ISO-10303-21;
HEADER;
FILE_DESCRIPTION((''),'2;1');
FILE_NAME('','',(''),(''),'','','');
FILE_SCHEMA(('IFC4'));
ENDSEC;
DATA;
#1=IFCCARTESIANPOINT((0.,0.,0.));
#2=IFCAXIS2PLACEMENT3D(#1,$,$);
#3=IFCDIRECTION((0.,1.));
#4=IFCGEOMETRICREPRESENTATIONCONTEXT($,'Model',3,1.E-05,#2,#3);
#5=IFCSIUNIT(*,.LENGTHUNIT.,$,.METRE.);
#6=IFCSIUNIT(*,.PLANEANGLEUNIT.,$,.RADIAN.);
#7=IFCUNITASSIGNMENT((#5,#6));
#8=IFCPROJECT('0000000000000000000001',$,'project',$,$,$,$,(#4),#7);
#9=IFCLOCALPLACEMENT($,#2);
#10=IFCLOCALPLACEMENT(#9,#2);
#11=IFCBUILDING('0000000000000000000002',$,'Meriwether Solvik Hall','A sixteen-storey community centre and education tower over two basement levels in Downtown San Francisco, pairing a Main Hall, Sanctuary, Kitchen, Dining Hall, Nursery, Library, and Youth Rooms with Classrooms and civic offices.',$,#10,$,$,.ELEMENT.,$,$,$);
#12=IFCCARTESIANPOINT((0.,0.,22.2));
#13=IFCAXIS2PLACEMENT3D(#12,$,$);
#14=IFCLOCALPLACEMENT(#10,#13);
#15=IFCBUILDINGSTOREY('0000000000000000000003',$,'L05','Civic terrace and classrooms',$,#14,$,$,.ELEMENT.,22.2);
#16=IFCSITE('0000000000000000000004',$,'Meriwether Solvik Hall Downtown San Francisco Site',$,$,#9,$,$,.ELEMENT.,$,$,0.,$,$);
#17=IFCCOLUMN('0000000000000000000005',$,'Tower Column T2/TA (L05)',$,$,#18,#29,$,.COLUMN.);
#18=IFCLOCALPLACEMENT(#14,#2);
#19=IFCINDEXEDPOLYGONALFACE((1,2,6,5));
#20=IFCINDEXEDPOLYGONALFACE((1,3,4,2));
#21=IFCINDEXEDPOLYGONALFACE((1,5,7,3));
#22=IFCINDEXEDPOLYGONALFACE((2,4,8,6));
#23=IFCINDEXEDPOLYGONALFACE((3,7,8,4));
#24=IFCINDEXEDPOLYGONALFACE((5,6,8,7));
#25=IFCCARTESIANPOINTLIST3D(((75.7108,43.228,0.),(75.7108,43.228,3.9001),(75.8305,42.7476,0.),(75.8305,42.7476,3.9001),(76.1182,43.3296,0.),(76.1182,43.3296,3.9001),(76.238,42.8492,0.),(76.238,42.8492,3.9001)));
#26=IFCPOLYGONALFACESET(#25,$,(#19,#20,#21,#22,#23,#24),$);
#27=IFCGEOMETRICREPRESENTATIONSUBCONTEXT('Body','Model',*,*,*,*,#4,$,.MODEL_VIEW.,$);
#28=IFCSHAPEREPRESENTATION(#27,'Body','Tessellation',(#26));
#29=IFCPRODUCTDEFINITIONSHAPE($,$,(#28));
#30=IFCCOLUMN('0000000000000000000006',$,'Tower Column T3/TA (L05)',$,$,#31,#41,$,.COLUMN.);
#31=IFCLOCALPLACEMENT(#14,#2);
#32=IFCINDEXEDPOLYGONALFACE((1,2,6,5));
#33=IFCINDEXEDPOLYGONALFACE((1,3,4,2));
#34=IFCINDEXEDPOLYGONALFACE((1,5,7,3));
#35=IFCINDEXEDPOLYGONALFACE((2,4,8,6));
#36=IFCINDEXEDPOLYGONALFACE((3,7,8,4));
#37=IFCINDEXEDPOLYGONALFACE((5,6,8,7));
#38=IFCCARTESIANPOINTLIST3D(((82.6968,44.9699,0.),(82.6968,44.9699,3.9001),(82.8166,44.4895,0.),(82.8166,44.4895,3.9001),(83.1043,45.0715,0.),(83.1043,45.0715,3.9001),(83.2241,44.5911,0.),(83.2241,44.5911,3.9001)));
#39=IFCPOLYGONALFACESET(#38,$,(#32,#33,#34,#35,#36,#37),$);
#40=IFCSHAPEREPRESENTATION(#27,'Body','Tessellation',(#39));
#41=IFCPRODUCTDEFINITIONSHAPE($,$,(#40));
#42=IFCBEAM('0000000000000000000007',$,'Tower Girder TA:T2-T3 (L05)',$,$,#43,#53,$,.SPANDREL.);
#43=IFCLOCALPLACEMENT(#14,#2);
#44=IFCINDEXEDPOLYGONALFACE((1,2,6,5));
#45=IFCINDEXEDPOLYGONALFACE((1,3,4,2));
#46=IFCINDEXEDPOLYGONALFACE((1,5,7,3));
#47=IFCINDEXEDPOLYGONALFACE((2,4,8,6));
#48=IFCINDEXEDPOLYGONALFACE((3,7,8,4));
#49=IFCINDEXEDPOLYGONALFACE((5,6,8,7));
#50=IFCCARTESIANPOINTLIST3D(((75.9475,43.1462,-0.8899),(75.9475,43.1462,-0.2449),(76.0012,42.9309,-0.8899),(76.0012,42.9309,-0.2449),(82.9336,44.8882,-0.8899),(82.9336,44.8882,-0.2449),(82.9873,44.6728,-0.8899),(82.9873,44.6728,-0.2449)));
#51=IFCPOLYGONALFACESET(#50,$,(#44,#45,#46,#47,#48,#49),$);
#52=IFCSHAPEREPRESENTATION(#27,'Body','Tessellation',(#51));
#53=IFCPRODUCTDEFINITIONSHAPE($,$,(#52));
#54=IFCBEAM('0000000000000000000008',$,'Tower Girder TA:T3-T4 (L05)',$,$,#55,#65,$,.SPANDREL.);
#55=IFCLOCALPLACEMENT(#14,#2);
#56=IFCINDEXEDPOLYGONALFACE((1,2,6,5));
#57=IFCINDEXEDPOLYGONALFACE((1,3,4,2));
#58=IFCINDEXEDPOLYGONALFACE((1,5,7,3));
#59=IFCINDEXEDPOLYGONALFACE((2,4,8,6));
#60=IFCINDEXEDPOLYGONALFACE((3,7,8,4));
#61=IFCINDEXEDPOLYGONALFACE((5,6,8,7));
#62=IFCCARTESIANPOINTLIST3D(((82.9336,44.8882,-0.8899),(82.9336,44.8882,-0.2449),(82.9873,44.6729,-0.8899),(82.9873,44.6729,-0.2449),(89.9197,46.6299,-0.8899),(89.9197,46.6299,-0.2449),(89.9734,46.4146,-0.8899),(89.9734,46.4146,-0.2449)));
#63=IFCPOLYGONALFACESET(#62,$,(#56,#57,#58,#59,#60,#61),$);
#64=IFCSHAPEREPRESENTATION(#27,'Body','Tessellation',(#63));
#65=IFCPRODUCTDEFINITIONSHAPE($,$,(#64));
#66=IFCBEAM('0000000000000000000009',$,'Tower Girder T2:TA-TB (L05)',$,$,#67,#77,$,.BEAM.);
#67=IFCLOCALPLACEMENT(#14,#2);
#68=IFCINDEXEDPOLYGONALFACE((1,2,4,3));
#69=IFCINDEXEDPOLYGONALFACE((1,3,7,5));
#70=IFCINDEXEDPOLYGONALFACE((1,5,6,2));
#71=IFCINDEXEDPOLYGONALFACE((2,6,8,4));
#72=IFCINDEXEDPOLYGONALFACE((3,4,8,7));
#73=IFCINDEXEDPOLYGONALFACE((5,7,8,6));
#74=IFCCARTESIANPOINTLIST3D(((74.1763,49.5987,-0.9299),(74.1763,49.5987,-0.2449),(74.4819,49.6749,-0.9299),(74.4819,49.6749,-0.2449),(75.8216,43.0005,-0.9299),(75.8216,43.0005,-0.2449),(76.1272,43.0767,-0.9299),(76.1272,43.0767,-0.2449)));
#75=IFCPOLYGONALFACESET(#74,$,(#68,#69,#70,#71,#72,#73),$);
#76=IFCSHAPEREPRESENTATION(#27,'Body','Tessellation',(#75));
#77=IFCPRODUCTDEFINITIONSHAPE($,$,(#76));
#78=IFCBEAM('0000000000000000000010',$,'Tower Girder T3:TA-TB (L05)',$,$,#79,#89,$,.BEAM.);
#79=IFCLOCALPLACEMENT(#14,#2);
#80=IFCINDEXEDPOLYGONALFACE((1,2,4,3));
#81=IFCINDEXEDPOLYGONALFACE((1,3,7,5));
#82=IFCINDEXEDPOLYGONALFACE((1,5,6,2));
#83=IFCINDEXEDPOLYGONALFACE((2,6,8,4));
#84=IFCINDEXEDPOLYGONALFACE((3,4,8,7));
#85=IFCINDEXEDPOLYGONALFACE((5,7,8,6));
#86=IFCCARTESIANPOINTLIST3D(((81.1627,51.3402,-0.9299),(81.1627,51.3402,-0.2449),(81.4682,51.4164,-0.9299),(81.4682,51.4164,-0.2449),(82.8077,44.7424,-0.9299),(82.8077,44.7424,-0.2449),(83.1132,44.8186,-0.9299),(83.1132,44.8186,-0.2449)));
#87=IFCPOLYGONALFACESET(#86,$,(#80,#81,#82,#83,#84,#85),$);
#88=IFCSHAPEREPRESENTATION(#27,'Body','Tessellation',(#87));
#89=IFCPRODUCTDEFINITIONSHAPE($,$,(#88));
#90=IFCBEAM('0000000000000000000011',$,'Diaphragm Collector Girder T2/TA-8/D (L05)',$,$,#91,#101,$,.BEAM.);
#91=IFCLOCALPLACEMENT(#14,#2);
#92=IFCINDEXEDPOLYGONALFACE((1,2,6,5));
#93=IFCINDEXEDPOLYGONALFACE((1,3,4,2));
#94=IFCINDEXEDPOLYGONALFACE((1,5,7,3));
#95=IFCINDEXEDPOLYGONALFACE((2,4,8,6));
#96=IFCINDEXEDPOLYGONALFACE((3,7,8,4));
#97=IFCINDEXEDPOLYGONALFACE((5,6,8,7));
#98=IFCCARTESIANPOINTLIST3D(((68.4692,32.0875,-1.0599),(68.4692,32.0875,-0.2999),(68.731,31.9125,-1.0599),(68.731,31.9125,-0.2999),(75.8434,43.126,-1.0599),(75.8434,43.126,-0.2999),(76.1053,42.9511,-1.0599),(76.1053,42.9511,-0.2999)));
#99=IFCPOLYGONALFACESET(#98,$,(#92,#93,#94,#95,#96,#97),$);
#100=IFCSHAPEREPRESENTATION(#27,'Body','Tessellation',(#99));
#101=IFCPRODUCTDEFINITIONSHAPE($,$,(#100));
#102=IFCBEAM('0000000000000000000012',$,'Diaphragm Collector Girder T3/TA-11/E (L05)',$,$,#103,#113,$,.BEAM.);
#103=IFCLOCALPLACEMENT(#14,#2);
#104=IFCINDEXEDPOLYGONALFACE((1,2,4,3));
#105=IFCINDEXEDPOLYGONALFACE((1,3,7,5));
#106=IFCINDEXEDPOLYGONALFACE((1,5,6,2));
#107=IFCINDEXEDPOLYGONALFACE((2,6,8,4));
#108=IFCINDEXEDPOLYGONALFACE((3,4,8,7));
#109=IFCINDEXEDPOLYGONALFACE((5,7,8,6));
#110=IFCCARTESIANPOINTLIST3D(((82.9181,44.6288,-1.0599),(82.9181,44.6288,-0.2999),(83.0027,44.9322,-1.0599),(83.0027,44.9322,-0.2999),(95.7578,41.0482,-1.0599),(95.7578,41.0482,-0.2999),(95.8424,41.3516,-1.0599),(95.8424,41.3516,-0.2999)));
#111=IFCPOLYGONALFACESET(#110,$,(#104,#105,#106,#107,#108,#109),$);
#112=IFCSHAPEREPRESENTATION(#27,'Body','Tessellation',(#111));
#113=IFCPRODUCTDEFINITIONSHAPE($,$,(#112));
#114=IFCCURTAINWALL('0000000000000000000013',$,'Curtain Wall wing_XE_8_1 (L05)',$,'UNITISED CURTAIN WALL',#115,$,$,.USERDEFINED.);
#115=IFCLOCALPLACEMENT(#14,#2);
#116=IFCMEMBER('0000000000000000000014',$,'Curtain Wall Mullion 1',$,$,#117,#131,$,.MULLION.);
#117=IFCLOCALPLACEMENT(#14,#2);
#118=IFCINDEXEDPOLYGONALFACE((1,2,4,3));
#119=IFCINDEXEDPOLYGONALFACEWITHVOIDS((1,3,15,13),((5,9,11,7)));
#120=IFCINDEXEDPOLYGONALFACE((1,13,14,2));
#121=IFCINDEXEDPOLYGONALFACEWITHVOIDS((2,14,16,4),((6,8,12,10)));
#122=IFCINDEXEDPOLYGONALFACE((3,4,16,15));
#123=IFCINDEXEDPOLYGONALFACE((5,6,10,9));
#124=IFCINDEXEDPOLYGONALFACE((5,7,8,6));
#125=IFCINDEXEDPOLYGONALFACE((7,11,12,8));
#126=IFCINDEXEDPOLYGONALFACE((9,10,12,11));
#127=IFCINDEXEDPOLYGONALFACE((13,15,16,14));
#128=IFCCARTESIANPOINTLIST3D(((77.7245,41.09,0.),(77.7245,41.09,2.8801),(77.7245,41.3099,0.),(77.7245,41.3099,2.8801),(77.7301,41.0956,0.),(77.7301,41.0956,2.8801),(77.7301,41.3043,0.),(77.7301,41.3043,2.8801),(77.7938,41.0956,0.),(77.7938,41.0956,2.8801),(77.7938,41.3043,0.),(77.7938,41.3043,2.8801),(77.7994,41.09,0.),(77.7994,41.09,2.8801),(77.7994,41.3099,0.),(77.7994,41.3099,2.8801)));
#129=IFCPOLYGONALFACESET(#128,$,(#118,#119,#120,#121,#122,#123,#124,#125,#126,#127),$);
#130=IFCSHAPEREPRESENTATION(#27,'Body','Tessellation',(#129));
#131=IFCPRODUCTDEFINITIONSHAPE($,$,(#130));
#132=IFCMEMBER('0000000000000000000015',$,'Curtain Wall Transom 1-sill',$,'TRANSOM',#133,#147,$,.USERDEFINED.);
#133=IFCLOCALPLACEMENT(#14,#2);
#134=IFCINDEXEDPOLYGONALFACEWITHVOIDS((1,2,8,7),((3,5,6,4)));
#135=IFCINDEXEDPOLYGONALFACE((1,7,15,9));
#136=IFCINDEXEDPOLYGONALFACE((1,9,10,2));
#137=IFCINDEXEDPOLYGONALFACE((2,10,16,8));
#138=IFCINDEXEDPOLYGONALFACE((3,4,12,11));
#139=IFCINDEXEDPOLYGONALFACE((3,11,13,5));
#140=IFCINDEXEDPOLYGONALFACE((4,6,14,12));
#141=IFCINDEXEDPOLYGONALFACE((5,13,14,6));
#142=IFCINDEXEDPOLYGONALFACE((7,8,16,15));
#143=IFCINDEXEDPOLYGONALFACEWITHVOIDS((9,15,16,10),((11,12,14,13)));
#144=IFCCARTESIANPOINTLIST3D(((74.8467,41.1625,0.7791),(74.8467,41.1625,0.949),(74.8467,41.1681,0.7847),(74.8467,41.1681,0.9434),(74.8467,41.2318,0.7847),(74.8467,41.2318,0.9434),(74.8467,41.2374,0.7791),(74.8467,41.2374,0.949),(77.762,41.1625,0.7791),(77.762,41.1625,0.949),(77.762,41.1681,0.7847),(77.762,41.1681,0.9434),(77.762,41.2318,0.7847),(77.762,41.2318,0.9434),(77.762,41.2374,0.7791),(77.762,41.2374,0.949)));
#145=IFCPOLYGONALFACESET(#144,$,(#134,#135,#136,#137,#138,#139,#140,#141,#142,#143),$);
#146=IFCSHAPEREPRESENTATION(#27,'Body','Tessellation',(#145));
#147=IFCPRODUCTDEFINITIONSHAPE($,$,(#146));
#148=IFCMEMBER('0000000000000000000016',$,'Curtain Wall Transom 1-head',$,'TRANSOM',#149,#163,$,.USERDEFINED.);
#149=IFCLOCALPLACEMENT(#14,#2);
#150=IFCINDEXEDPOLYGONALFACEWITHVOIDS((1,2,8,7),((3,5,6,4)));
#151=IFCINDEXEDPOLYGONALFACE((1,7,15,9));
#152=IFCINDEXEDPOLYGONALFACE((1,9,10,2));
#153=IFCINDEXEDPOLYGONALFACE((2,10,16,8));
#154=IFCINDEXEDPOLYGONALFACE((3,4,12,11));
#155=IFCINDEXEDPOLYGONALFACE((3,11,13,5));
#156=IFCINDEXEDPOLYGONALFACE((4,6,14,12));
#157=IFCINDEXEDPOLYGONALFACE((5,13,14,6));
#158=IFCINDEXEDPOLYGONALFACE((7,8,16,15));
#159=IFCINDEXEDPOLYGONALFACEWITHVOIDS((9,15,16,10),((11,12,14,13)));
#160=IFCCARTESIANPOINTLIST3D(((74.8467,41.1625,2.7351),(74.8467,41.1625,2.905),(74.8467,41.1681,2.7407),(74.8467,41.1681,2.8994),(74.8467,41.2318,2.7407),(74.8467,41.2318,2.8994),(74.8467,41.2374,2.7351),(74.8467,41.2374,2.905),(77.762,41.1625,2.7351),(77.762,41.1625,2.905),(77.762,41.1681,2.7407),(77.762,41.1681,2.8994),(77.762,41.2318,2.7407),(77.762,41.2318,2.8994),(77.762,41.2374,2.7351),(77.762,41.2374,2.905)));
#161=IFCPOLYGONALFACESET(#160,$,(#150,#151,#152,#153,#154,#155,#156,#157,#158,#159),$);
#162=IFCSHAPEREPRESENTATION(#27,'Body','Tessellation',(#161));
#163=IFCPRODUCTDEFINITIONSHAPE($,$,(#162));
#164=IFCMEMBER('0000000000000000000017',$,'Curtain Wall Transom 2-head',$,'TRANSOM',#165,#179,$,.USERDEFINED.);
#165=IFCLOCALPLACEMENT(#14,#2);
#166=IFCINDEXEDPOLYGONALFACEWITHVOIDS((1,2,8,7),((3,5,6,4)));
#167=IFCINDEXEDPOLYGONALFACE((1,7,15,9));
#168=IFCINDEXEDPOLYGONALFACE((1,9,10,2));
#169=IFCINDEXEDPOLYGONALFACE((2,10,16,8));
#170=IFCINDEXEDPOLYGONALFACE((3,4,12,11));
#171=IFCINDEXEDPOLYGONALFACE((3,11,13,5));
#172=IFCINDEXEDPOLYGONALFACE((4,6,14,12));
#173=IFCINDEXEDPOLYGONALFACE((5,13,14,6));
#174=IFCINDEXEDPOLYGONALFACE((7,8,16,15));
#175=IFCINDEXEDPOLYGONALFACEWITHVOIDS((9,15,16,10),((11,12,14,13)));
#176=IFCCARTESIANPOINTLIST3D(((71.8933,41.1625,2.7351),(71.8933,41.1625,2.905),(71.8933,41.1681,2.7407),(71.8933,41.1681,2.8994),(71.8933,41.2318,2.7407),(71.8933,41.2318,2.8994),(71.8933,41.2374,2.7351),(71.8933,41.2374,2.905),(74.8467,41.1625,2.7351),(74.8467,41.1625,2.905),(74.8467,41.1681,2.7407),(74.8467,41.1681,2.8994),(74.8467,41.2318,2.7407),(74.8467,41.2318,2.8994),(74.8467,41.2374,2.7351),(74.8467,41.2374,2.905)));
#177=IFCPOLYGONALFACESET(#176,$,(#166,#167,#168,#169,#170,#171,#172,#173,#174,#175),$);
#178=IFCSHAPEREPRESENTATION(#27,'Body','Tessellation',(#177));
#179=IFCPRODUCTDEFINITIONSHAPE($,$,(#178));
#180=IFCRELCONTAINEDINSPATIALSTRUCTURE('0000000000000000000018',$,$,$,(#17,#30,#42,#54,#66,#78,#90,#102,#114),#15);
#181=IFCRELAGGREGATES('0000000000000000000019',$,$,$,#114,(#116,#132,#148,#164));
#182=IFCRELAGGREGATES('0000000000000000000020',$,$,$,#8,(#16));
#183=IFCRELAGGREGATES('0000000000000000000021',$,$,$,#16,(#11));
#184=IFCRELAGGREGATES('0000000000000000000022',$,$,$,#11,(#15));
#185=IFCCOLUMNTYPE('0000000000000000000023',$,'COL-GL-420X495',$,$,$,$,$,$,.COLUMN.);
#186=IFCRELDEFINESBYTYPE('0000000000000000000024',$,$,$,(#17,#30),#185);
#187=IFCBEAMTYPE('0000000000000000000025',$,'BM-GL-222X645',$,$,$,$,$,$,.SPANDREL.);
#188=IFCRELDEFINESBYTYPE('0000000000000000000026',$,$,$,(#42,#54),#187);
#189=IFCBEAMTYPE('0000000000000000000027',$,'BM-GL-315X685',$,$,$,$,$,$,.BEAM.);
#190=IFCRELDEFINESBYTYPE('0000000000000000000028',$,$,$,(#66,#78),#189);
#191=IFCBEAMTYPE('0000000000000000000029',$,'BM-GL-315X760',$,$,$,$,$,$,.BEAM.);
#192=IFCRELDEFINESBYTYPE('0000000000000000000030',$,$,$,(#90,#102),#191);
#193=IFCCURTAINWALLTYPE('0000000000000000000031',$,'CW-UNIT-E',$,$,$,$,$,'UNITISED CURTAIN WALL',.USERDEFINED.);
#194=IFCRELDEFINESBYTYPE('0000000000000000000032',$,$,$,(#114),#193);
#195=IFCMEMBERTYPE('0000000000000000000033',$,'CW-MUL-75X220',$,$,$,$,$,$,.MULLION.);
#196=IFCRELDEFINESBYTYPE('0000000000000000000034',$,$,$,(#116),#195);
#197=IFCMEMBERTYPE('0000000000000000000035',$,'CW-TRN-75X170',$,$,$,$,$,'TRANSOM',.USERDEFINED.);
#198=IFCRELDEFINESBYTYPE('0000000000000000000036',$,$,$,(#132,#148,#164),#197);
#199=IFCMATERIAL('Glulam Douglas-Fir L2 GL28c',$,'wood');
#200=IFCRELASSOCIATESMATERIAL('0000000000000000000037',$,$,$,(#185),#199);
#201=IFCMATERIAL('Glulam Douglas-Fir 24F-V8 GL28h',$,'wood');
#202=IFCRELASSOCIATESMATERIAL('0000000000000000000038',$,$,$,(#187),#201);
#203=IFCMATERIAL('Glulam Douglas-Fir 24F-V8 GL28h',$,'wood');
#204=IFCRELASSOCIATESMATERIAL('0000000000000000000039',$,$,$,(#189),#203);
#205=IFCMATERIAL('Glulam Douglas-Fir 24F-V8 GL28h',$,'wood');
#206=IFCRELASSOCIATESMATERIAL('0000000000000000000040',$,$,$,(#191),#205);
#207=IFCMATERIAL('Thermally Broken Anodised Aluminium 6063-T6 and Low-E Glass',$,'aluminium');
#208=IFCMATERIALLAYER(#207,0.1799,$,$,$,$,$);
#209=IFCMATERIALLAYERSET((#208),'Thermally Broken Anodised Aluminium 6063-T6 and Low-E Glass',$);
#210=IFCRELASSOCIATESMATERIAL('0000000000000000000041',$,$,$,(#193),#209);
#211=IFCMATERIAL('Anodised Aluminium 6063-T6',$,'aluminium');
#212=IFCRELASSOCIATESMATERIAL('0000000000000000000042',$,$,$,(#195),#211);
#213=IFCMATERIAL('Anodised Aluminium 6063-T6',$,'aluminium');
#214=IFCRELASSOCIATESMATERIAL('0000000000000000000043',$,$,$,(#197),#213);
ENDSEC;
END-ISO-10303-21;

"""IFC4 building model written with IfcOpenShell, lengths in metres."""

from ifc_helpers import new_model, si_unit, direction, frame, origin, origin_2d, place, context, subcontext, project, spatial, rectangle, hollow_rectangle, extrude, material, layer, layer_set, material_profile, profile_set, type_object, element, aggregate, save


model = new_model("IFC4")

# Units and contexts
model_context = context("Model", 3, precision=1e-05, world=origin(), true_north=direction((0.0, 1.0)))
body_context = subcontext(model_context, "Body", "Model", "MODEL_VIEW")
ifc_project = project(units=[si_unit("LENGTHUNIT", "METRE"), si_unit("PLANEANGLEUNIT", "RADIAN")], contexts=[model_context])

# Site, building, storey
site_placement = place(None, origin())
site = spatial("IfcSite", under=ifc_project, at=site_placement, Name="Meriwether Solvik Hall Downtown San Francisco Site", CompositionType="ELEMENT", RefElevation=0.0)
building_placement = place(site_placement, origin())
building = spatial("IfcBuilding", under=site, at=building_placement, Name="Meriwether Solvik Hall", Description="A sixteen-storey community centre and education tower over two basement levels in Downtown San Francisco, pairing a Main Hall, Sanctuary, Kitchen, Dining Hall, Nursery, Library, and Youth Rooms with Classrooms and civic offices.", CompositionType="ELEMENT")
storey_placement = place(building_placement, frame((0.0, 0.0, 22.2)))
storey = spatial("IfcBuildingStorey", under=building, at=storey_placement, Name="L05", Description="Civic terrace and classrooms", CompositionType="ELEMENT", Elevation=22.2)

# Columns
ifc_material_1 = material(Name="Glulam Douglas-Fir L2 GL28c", Category="wood")
ifc_material_profile_1 = material_profile(ifc_material_1, rectangle(XDim=0.4199, YDim=0.4951, at=origin_2d()), Name="GLC-420X495")
ifc_profile_set_1 = profile_set([ifc_material_profile_1], Name="Glulam Douglas-Fir L2 GL28c")
column_type = type_object("IfcColumnType", Name="COL-GL-420X495", PredefinedType="COLUMN", material=ifc_profile_set_1)
for number, where, z_axis, x_axis, name in (
    (1, (75.9744, 43.0386, 0.0), (0.0, 0.0, 1.0), (0.970296, 0.241922, 0.0), "Tower Column T2/TA (L05)"),
    (2, (82.9604, 44.7805, 0.0), (0.0, 0.0, 1.0), (0.970296, 0.241922, 0.0), "Tower Column T3/TA (L05)"),
):
    element("IfcColumn", number, at=place(storey_placement, frame(where, z_axis=z_axis, x_axis=x_axis)), inside=storey, type_object=column_type, Name=name, PredefinedType="COLUMN", context=body_context, shape_type="SweptSolid", body=[
        extrude(rectangle(XDim=0.4199, YDim=0.4951, at=origin_2d()), origin(), (0.0, 0.0, 1.0), 3.9001),
    ])

# Beams
ifc_material_2 = material(Name="Glulam Douglas-Fir 24F-V8 GL28h", Category="wood")
ifc_material_profile_2 = material_profile(ifc_material_2, rectangle(XDim=0.2219, YDim=0.645, at=origin_2d()), Name="GLB-222X645")
ifc_profile_set_2 = profile_set([ifc_material_profile_2], Name="Glulam Douglas-Fir 24F-V8 GL28h")
beam_type_1 = type_object("IfcBeamType", Name="BM-GL-222X645", PredefinedType="SPANDREL", material=ifc_profile_set_2)
for number, where, z_axis, x_axis, name in (
    (3, (75.9744, 43.0386, -0.5674), (0.970292, 0.241937, 0.0), (-0.241937, 0.970292, 0.0), "Tower Girder TA:T2-T3 (L05)"),
    (4, (82.9604, 44.7805, -0.5674), (0.9703, 0.241905, 0.0), (-0.241905, 0.9703, 0.0), "Tower Girder TA:T3-T4 (L05)"),
):
    element("IfcBeam", number, at=place(storey_placement, frame(where, z_axis=z_axis, x_axis=x_axis)), inside=storey, type_object=beam_type_1, Name=name, PredefinedType="SPANDREL", context=body_context, shape_type="SweptSolid", body=[
        extrude(rectangle(XDim=0.2219, YDim=0.645, at=origin_2d()), origin(), (0.0, 0.0, 1.0), 7.2),
    ])
ifc_material_3 = material(Name="Glulam Douglas-Fir 24F-V8 GL28h", Category="wood")
ifc_material_profile_3 = material_profile(ifc_material_3, rectangle(XDim=0.3149, YDim=0.6851, at=origin_2d()), Name="GLB-315X685")
ifc_profile_set_3 = profile_set([ifc_material_profile_3], Name="Glulam Douglas-Fir 24F-V8 GL28h")
beam_type_2 = type_object("IfcBeamType", Name="BM-GL-315X685", PredefinedType="BEAM", material=ifc_profile_set_3)
beam_1_placement = place(storey_placement, frame((75.9744, 43.0386, -0.5874), z_axis=(-0.241944, 0.97029, 0.0), x_axis=(-0.97029, -0.241944, 0.0)))
element("IfcBeam", 5, at=beam_1_placement, inside=storey, type_object=beam_type_2, Name="Tower Girder T2:TA-TB (L05)", PredefinedType="BEAM", context=body_context, shape_type="SweptSolid", body=[
    extrude(rectangle(XDim=0.3149, YDim=0.6851, at=origin_2d()), origin(), (0.0, 0.0, 1.0), 6.8003),
])
beam_2_placement = place(storey_placement, frame((82.9604, 44.7805, -0.5874), z_axis=(-0.241919, 0.970296, 0.0), x_axis=(-0.970296, -0.241919, 0.0)))
element("IfcBeam", 6, at=beam_2_placement, inside=storey, type_object=beam_type_2, Name="Tower Girder T3:TA-TB (L05)", PredefinedType="BEAM", context=body_context, shape_type="SweptSolid", body=[
    extrude(rectangle(XDim=0.3149, YDim=0.6851, at=origin_2d()), origin(), (0.0, 0.0, 1.0), 6.7998),
])
ifc_material_4 = material(Name="Glulam Douglas-Fir 24F-V8 GL28h", Category="wood")
ifc_material_profile_4 = material_profile(ifc_material_4, rectangle(XDim=0.3149, YDim=0.76, at=origin_2d()), Name="GLB-315X760")
ifc_profile_set_4 = profile_set([ifc_material_profile_4], Name="Glulam Douglas-Fir 24F-V8 GL28h")
beam_type_3 = type_object("IfcBeamType", Name="BM-GL-315X760", PredefinedType="BEAM", material=ifc_profile_set_4)
beam_3_placement = place(storey_placement, frame((75.9744, 43.0386, -0.6799), z_axis=(-0.555494, -0.831521, 0.0), x_axis=(0.831521, -0.555494, 0.0)))
element("IfcBeam", 7, at=beam_3_placement, inside=storey, type_object=beam_type_3, Name="Diaphragm Collector Girder T2/TA-8/D (L05)", PredefinedType="BEAM", context=body_context, shape_type="SweptSolid", body=[
    extrude(rectangle(XDim=0.3149, YDim=0.76, at=origin_2d()), origin(), (0.0, 0.0, 1.0), 13.2751),
])
beam_4_placement = place(storey_placement, frame((82.9604, 44.7805, -0.6799), z_axis=(0.963246, -0.26862, 0.0), x_axis=(0.26862, 0.963246, 0.0)))
element("IfcBeam", 8, at=beam_4_placement, inside=storey, type_object=beam_type_3, Name="Diaphragm Collector Girder T3/TA-11/E (L05)", PredefinedType="BEAM", context=body_context, shape_type="SweptSolid", body=[
    extrude(rectangle(XDim=0.3149, YDim=0.76, at=origin_2d()), origin(), (0.0, 0.0, 1.0), 13.3296),
])

# Curtain wall, members
ifc_material_5 = material(Name="Thermally Broken Anodised Aluminium 6063-T6 and Low-E Glass", Category="aluminium")
ifc_layer_1 = layer(ifc_material_5, 0.1799)
ifc_layer_set_1 = layer_set([ifc_layer_1], Name="Thermally Broken Anodised Aluminium 6063-T6 and Low-E Glass")
curtain_wall_type = type_object("IfcCurtainWallType", Name="CW-UNIT-E", ElementType="UNITISED CURTAIN WALL", PredefinedType="USERDEFINED", material=ifc_layer_set_1)
curtain_wall_placement = place(storey_placement, origin())
curtain_wall = element("IfcCurtainWall", 9, at=curtain_wall_placement, inside=storey, type_object=curtain_wall_type, Name="Curtain Wall wing_XE_8_1 (L05)", ObjectType="UNITISED CURTAIN WALL", PredefinedType="USERDEFINED")
ifc_material_6 = material(Name="Anodised Aluminium 6063-T6", Category="aluminium")
ifc_material_profile_5 = material_profile(ifc_material_6, hollow_rectangle(XDim=0.075, YDim=0.22, WallThickness=0.0056, at=origin_2d()), Name="CWM-75X220")
ifc_profile_set_5 = profile_set([ifc_material_profile_5], Name="Anodised Aluminium 6063-T6")
member_type_1 = type_object("IfcMemberType", Name="CW-MUL-75X220", PredefinedType="MULLION", material=ifc_profile_set_5)
member_1_placement = place(storey_placement, frame((77.762, 41.2, 0.0), z_axis=(0.0, 0.0, 1.0), x_axis=(-1.0, 0.0, 0.0)))
member_1 = element("IfcMember", 10, at=member_1_placement, type_object=member_type_1, Name="Curtain Wall Mullion 1", PredefinedType="MULLION", context=body_context, shape_type="SweptSolid", body=[
    extrude(hollow_rectangle(XDim=0.075, YDim=0.22, WallThickness=0.0056, at=origin_2d()), origin(), (0.0, 0.0, 1.0), 2.8801),
])
ifc_material_7 = material(Name="Anodised Aluminium 6063-T6", Category="aluminium")
ifc_material_profile_6 = material_profile(ifc_material_7, hollow_rectangle(XDim=0.075, YDim=0.1699, WallThickness=0.0056, at=origin_2d()), Name="CWT-75X170")
ifc_profile_set_6 = profile_set([ifc_material_profile_6], Name="Anodised Aluminium 6063-T6")
member_type_2 = type_object("IfcMemberType", Name="CW-TRN-75X170", ElementType="TRANSOM", PredefinedType="USERDEFINED", material=ifc_profile_set_6)
member_2_placement = place(storey_placement, frame((77.762, 41.2, 0.864), z_axis=(-1.0, 0.0, 0.0), x_axis=(0.0, -1.0, 0.0)))
member_2 = element("IfcMember", 11, at=member_2_placement, type_object=member_type_2, Name="Curtain Wall Transom 1-sill", ObjectType="TRANSOM", PredefinedType="USERDEFINED", context=body_context, shape_type="SweptSolid", body=[
    extrude(hollow_rectangle(XDim=0.075, YDim=0.1699, WallThickness=0.0056, at=origin_2d()), origin(), (0.0, 0.0, 1.0), 2.9153),
])
member_3_placement = place(storey_placement, frame((77.762, 41.2, 2.8201), z_axis=(-1.0, 0.0, 0.0), x_axis=(0.0, -1.0, 0.0)))
member_3 = element("IfcMember", 12, at=member_3_placement, type_object=member_type_2, Name="Curtain Wall Transom 1-head", ObjectType="TRANSOM", PredefinedType="USERDEFINED", context=body_context, shape_type="SweptSolid", body=[
    extrude(hollow_rectangle(XDim=0.075, YDim=0.1699, WallThickness=0.0056, at=origin_2d()), origin(), (0.0, 0.0, 1.0), 2.9153),
])
member_4_placement = place(storey_placement, frame((74.8467, 41.2, 2.8201), z_axis=(-1.0, 0.0, 0.0), x_axis=(0.0, -1.0, 0.0)))
member_4 = element("IfcMember", 13, at=member_4_placement, type_object=member_type_2, Name="Curtain Wall Transom 2-head", ObjectType="TRANSOM", PredefinedType="USERDEFINED", context=body_context, shape_type="SweptSolid", body=[
    extrude(hollow_rectangle(XDim=0.075, YDim=0.1699, WallThickness=0.0056, at=origin_2d()), origin(), (0.0, 0.0, 1.0), 2.9534),
])

aggregate(curtain_wall, [member_1, member_2, member_3, member_4])

save(model, "model.ifc")
